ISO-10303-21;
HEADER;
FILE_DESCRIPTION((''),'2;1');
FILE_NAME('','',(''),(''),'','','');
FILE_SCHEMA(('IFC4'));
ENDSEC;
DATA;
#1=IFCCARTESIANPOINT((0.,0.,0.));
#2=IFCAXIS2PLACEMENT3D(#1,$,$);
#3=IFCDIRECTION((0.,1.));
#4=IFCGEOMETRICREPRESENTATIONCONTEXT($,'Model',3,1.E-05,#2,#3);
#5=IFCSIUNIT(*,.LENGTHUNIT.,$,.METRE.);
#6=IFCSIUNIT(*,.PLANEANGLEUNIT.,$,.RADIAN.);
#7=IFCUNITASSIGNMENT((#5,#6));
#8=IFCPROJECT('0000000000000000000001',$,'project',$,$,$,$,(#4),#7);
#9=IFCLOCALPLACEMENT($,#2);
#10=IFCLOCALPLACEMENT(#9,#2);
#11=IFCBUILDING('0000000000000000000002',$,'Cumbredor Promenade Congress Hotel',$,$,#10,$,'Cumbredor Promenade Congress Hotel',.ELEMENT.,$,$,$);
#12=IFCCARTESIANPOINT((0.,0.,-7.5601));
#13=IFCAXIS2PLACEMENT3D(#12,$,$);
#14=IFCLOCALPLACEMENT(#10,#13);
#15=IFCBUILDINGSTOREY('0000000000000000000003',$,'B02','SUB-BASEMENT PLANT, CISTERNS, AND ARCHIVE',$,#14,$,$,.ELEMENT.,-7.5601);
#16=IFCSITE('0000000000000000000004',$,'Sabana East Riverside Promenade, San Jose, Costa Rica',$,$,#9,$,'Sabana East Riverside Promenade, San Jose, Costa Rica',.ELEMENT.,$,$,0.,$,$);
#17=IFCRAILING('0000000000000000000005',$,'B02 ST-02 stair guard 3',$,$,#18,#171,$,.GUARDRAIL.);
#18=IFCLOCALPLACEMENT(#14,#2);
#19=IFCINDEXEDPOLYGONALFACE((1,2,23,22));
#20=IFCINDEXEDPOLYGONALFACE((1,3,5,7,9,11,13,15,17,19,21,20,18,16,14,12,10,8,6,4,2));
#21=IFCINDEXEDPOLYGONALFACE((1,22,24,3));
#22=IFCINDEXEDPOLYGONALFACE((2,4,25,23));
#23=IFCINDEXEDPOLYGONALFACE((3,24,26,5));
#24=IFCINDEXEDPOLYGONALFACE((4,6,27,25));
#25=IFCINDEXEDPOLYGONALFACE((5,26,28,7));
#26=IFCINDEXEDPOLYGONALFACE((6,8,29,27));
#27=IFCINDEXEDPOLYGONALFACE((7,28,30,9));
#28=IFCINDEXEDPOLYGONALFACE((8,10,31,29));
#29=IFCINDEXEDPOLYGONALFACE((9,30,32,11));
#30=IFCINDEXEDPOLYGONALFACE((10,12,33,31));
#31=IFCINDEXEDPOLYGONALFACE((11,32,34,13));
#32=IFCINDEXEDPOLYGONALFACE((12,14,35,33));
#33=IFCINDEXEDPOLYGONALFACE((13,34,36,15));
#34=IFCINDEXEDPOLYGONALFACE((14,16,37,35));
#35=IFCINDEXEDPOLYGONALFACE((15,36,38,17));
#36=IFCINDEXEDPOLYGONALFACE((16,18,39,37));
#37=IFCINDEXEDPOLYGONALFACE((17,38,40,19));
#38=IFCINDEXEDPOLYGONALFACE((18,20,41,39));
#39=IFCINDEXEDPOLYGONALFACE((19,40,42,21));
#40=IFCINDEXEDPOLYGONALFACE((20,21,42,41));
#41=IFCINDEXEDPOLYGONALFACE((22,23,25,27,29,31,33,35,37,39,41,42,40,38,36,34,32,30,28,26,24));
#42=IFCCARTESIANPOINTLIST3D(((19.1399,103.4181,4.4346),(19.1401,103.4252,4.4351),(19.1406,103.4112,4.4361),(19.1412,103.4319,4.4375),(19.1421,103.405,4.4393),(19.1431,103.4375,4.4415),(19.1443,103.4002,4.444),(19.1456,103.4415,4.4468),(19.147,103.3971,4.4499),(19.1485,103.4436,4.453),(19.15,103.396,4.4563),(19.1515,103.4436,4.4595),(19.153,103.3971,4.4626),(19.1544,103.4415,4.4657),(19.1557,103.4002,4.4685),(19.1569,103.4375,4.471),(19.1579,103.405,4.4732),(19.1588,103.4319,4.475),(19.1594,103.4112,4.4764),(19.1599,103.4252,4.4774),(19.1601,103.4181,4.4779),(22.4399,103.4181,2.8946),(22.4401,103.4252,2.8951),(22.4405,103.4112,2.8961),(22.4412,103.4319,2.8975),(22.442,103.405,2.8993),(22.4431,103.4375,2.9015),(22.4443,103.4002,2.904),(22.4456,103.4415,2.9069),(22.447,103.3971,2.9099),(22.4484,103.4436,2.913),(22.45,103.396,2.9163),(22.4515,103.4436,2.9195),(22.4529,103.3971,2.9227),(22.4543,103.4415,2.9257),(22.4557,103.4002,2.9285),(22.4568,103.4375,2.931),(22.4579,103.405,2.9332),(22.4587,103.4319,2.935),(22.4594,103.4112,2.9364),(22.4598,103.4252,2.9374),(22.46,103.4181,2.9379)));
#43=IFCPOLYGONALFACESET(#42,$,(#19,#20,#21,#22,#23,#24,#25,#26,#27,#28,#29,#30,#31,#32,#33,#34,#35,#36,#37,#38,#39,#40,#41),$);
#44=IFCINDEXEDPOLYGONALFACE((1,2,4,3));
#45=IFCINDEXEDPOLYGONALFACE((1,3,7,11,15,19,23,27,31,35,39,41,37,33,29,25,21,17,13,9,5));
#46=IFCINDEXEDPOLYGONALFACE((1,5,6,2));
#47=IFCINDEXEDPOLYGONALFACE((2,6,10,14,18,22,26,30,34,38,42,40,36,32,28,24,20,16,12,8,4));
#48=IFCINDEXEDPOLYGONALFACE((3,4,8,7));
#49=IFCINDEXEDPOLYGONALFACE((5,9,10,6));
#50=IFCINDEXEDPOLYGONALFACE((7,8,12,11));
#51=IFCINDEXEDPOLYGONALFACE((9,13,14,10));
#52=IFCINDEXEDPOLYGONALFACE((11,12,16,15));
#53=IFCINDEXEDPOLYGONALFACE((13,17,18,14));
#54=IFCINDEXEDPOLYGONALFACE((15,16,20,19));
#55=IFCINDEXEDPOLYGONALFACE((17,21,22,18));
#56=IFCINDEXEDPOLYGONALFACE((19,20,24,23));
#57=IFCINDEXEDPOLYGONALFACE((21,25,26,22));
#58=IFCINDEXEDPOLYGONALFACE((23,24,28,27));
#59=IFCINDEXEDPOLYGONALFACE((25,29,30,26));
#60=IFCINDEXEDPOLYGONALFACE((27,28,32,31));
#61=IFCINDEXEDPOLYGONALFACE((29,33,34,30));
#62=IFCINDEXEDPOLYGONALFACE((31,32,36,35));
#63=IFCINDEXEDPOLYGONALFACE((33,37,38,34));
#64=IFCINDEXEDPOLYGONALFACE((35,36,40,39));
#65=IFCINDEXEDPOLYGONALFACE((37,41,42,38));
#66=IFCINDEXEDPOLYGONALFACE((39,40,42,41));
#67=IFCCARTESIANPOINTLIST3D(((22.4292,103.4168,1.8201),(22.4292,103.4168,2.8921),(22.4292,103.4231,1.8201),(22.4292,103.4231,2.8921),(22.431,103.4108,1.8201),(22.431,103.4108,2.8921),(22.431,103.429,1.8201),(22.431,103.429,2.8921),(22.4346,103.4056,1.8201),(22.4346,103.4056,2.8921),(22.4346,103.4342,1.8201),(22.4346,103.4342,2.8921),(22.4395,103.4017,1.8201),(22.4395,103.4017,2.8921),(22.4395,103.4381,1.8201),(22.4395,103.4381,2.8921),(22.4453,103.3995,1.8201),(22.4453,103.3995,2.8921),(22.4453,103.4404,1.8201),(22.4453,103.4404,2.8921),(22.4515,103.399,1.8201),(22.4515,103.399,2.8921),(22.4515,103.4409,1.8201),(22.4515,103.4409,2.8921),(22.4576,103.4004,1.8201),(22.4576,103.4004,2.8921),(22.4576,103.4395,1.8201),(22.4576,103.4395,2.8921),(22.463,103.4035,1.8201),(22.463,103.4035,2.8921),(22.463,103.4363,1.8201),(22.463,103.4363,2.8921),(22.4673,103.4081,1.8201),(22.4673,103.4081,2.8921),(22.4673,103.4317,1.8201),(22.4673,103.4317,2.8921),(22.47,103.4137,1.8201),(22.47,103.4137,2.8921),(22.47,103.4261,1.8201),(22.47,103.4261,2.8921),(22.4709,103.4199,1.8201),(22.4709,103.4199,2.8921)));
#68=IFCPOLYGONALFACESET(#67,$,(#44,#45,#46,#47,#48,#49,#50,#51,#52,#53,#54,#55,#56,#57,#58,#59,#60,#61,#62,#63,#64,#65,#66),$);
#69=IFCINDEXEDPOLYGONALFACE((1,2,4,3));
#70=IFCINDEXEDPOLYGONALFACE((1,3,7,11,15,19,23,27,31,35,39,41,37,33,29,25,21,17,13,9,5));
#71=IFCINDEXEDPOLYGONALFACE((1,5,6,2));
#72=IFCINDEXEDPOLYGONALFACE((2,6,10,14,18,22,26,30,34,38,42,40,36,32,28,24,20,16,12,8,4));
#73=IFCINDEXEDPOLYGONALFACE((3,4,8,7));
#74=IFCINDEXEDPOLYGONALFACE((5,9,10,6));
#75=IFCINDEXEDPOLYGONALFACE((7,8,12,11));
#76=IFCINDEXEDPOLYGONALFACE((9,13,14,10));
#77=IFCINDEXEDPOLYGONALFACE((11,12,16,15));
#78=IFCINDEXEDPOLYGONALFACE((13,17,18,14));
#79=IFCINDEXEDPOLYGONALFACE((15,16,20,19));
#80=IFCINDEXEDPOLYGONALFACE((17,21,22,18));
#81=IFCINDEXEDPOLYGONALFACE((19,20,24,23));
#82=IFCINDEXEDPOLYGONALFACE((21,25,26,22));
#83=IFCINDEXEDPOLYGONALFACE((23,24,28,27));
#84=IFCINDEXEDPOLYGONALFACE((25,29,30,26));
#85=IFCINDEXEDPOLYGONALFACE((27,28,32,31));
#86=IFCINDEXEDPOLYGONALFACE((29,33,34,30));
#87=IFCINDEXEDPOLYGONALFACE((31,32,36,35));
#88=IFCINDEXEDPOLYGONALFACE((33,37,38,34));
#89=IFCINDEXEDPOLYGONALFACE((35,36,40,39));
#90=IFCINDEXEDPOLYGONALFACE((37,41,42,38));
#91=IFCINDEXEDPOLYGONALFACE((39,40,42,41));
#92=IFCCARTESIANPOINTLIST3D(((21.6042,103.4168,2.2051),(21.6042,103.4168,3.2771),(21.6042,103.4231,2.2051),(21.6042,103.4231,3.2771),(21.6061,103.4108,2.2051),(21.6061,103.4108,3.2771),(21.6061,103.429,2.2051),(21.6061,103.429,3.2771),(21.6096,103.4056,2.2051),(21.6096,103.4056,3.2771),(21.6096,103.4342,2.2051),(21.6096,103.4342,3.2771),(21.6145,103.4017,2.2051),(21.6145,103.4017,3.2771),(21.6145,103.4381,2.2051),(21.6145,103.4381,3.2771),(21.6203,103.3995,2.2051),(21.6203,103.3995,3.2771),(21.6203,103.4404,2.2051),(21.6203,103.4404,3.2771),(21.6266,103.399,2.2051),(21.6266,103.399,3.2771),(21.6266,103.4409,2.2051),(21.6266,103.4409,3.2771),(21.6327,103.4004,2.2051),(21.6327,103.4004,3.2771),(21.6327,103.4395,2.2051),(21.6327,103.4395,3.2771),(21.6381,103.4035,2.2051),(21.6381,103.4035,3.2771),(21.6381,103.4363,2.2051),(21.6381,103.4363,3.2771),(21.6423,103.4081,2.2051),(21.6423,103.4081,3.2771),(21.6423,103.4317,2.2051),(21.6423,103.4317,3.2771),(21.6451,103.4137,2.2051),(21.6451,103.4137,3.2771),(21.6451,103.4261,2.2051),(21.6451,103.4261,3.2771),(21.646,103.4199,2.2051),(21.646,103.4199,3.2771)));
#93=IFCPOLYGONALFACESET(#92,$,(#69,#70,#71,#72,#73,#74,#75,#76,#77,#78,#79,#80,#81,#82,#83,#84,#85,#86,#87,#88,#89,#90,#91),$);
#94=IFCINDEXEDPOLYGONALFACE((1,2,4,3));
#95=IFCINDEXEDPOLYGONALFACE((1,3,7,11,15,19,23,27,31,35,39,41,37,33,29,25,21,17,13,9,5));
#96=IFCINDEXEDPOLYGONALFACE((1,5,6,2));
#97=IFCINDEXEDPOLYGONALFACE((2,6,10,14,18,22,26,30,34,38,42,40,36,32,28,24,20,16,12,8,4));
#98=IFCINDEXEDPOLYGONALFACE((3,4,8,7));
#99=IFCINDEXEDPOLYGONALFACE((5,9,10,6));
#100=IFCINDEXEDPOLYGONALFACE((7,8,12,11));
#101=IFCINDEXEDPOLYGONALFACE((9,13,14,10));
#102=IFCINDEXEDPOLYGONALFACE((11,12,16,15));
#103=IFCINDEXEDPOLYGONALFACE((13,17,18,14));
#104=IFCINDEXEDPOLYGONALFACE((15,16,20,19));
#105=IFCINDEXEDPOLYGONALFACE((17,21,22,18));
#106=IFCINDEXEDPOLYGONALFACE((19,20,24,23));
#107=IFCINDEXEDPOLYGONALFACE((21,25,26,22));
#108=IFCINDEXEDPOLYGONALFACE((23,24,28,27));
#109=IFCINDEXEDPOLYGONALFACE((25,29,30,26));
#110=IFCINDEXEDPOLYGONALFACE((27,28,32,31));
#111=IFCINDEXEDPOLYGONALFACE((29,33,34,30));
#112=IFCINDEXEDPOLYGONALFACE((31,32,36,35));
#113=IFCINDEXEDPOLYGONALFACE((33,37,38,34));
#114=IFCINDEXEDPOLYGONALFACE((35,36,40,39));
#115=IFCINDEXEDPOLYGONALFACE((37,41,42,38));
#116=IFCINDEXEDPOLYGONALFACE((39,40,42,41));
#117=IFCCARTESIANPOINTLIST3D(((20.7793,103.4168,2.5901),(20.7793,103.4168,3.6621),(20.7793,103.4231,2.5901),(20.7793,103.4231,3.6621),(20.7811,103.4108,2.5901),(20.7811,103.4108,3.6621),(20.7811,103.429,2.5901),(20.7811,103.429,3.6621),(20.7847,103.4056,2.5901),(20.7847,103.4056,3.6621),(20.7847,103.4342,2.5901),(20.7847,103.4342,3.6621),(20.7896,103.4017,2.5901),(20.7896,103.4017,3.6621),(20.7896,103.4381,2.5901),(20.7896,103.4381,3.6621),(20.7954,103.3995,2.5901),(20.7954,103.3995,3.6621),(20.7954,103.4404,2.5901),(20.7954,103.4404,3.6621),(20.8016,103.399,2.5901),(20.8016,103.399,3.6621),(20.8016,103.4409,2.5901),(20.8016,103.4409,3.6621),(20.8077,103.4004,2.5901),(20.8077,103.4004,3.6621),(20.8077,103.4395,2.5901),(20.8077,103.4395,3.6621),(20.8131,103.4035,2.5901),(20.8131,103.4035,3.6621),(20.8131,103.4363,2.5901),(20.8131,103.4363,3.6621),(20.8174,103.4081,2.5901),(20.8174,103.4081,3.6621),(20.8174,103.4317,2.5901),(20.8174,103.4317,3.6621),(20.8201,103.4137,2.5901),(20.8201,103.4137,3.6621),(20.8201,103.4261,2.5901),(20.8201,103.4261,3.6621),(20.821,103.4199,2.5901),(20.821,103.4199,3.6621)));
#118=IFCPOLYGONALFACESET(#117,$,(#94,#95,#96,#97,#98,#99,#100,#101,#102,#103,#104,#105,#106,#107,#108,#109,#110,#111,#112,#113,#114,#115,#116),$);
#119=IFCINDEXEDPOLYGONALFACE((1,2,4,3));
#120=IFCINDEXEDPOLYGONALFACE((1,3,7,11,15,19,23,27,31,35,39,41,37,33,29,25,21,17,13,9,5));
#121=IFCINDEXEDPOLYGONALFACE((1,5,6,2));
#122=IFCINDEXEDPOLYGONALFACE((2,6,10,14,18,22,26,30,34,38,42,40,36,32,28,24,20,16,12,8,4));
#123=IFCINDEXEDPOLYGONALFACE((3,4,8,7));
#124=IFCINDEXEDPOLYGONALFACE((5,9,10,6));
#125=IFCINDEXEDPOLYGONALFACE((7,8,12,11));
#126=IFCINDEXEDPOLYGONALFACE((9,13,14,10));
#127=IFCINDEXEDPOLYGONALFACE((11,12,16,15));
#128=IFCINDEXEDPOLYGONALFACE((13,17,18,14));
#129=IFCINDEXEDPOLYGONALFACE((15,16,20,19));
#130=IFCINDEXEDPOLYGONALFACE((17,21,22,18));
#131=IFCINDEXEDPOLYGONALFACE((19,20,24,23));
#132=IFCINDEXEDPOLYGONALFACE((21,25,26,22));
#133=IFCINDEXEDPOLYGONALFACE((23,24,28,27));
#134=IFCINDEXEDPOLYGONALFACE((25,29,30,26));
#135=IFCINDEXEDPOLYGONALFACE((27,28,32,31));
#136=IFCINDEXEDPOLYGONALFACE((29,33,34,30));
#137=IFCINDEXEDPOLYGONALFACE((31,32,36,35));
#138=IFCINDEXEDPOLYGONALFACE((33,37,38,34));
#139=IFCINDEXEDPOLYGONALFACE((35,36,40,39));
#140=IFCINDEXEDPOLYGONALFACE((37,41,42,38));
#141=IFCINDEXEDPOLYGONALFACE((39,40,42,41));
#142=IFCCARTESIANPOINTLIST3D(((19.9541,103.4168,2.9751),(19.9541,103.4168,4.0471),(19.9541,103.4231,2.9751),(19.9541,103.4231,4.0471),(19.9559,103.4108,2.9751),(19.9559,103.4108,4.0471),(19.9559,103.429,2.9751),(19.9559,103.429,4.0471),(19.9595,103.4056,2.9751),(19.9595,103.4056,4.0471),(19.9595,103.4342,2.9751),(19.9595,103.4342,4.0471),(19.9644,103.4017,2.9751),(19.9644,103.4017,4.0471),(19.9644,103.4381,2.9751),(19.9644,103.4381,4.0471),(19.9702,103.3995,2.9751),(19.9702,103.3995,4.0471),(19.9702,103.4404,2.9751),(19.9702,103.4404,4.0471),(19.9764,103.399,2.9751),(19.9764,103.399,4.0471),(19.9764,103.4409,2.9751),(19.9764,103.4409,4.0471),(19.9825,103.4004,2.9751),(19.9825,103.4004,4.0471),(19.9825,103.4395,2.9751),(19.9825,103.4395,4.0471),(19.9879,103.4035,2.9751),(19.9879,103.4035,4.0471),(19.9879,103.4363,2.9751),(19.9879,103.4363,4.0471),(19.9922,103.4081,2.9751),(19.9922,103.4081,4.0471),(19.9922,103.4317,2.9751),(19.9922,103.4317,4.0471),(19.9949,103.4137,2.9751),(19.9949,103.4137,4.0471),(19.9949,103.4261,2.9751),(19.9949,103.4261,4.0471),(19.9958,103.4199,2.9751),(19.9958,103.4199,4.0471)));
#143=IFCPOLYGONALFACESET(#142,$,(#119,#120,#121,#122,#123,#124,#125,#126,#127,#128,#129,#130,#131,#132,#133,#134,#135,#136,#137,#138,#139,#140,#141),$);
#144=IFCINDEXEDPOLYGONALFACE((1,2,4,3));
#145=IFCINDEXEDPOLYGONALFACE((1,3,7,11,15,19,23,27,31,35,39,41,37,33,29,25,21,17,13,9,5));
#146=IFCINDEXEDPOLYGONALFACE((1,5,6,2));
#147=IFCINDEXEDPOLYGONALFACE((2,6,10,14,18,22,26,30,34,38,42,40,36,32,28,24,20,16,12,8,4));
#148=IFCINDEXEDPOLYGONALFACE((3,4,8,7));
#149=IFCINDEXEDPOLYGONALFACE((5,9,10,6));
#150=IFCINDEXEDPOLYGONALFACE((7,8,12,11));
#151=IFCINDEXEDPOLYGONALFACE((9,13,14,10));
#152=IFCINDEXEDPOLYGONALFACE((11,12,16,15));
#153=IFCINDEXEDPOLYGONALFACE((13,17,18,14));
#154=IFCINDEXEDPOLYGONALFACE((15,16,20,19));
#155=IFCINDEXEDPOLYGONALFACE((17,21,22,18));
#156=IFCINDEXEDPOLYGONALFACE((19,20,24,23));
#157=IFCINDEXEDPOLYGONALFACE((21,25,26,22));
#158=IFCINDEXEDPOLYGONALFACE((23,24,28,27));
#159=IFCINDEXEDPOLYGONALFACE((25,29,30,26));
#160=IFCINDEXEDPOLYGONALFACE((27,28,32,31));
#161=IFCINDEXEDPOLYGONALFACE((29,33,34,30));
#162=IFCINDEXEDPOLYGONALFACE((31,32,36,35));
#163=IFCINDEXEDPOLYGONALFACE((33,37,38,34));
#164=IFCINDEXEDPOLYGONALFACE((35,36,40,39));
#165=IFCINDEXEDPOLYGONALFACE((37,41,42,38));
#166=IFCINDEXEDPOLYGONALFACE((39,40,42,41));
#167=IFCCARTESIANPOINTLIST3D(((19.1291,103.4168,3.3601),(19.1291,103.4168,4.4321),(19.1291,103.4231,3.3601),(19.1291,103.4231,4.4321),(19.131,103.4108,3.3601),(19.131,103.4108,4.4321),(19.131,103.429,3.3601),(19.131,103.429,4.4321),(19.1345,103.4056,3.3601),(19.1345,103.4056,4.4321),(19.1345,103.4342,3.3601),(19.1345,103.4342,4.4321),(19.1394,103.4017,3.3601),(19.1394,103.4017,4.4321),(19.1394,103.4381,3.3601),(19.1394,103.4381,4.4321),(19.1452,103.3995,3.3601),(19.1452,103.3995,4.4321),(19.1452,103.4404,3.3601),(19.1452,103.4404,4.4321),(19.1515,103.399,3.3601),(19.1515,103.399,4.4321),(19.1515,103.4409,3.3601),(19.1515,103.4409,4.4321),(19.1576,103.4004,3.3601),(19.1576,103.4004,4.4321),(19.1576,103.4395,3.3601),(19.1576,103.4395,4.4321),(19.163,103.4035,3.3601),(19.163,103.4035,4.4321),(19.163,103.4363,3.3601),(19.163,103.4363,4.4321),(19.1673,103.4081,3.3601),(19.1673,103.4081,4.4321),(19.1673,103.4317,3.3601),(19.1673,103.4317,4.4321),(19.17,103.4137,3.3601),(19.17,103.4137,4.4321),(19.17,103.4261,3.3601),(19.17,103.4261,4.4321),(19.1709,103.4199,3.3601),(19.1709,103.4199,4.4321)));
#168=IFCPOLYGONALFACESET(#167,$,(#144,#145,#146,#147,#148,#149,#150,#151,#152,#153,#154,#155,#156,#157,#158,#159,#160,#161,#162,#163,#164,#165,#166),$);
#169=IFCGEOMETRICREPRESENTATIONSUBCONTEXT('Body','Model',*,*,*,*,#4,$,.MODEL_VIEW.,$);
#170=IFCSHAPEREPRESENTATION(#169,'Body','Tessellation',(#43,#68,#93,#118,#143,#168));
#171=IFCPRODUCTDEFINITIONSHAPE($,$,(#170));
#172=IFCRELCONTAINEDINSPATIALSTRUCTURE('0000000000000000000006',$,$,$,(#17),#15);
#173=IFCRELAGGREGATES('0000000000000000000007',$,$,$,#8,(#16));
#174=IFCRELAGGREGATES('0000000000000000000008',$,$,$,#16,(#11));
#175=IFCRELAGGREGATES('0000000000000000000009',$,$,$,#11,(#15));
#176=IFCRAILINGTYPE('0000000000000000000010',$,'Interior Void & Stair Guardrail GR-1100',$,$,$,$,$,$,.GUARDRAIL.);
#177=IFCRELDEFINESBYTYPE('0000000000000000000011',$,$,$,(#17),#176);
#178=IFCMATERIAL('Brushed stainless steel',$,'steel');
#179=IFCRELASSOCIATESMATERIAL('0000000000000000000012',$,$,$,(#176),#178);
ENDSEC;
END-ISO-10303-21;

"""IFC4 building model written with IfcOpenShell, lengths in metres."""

from ifc_helpers import new_model, si_unit, direction, frame, origin, origin_2d, place, context, subcontext, project, spatial, circle, extrude, material, type_object, element, save


model = new_model("IFC4")

# Units and contexts
model_context = context("Model", 3, precision=1e-05, world=origin(), true_north=direction((0.0, 1.0)))
body_context = subcontext(model_context, "Body", "Model", "MODEL_VIEW")
ifc_project = project(units=[si_unit("LENGTHUNIT", "METRE"), si_unit("PLANEANGLEUNIT", "RADIAN")], contexts=[model_context])

# Site, building, storey
site_placement = place(None, origin())
site = spatial("IfcSite", under=ifc_project, at=site_placement, Name="Sabana East Riverside Promenade, San Jose, Costa Rica", LongName="Sabana East Riverside Promenade, San Jose, Costa Rica", CompositionType="ELEMENT", RefElevation=0.0)
building_placement = place(site_placement, origin())
building = spatial("IfcBuilding", under=site, at=building_placement, Name="Cumbredor Promenade Congress Hotel", LongName="Cumbredor Promenade Congress Hotel", CompositionType="ELEMENT")
storey_placement = place(building_placement, frame((0.0, 0.0, -7.5601)))
storey = spatial("IfcBuildingStorey", under=building, at=storey_placement, Name="B02", Description="SUB-BASEMENT PLANT, CISTERNS, AND ARCHIVE", CompositionType="ELEMENT", Elevation=-7.5601)

# Railing
ifc_material_1 = material(Name="Brushed stainless steel", Category="steel")
railing_type_1 = type_object("IfcRailingType", Name="Interior Void & Stair Guardrail GR-1100", PredefinedType="GUARDRAIL", material=ifc_material_1)
railing_placement = place(storey_placement, frame((22.45, 103.4199, 1.8201)))
element("IfcRailing", 1, at=railing_placement, inside=storey, type_object=railing_type_1, Name="B02 ST-02 stair guard 3", PredefinedType="GUARDRAIL", context=body_context, shape_type="SweptSolid", body=[
    extrude(circle(Radius=0.0239, at=origin_2d()), frame((0.0, 0.0, 1.0962), z_axis=(-0.906181, 0.0, 0.422889), x_axis=(0.0, -1.0, 0.0)), (0.0, 0.0, 1.0), 3.6416),
    extrude(circle(Radius=0.021, at=origin_2d()), origin(), (0.0, 0.0, 1.0), 1.072),
    extrude(circle(Radius=0.021, at=origin_2d()), frame((-0.825, 0.0, 0.385)), (0.0, 0.0, 1.0), 1.072),
    extrude(circle(Radius=0.021, at=origin_2d()), frame((-1.6499, 0.0, 0.77)), (0.0, 0.0, 1.0), 1.072),
    extrude(circle(Radius=0.021, at=origin_2d()), frame((-2.4751, 0.0, 1.155)), (0.0, 0.0, 1.0), 1.072),
    extrude(circle(Radius=0.021, at=origin_2d()), frame((-3.3, 0.0, 1.54)), (0.0, 0.0, 1.0), 1.072),
])

save(model, "model.ifc")
